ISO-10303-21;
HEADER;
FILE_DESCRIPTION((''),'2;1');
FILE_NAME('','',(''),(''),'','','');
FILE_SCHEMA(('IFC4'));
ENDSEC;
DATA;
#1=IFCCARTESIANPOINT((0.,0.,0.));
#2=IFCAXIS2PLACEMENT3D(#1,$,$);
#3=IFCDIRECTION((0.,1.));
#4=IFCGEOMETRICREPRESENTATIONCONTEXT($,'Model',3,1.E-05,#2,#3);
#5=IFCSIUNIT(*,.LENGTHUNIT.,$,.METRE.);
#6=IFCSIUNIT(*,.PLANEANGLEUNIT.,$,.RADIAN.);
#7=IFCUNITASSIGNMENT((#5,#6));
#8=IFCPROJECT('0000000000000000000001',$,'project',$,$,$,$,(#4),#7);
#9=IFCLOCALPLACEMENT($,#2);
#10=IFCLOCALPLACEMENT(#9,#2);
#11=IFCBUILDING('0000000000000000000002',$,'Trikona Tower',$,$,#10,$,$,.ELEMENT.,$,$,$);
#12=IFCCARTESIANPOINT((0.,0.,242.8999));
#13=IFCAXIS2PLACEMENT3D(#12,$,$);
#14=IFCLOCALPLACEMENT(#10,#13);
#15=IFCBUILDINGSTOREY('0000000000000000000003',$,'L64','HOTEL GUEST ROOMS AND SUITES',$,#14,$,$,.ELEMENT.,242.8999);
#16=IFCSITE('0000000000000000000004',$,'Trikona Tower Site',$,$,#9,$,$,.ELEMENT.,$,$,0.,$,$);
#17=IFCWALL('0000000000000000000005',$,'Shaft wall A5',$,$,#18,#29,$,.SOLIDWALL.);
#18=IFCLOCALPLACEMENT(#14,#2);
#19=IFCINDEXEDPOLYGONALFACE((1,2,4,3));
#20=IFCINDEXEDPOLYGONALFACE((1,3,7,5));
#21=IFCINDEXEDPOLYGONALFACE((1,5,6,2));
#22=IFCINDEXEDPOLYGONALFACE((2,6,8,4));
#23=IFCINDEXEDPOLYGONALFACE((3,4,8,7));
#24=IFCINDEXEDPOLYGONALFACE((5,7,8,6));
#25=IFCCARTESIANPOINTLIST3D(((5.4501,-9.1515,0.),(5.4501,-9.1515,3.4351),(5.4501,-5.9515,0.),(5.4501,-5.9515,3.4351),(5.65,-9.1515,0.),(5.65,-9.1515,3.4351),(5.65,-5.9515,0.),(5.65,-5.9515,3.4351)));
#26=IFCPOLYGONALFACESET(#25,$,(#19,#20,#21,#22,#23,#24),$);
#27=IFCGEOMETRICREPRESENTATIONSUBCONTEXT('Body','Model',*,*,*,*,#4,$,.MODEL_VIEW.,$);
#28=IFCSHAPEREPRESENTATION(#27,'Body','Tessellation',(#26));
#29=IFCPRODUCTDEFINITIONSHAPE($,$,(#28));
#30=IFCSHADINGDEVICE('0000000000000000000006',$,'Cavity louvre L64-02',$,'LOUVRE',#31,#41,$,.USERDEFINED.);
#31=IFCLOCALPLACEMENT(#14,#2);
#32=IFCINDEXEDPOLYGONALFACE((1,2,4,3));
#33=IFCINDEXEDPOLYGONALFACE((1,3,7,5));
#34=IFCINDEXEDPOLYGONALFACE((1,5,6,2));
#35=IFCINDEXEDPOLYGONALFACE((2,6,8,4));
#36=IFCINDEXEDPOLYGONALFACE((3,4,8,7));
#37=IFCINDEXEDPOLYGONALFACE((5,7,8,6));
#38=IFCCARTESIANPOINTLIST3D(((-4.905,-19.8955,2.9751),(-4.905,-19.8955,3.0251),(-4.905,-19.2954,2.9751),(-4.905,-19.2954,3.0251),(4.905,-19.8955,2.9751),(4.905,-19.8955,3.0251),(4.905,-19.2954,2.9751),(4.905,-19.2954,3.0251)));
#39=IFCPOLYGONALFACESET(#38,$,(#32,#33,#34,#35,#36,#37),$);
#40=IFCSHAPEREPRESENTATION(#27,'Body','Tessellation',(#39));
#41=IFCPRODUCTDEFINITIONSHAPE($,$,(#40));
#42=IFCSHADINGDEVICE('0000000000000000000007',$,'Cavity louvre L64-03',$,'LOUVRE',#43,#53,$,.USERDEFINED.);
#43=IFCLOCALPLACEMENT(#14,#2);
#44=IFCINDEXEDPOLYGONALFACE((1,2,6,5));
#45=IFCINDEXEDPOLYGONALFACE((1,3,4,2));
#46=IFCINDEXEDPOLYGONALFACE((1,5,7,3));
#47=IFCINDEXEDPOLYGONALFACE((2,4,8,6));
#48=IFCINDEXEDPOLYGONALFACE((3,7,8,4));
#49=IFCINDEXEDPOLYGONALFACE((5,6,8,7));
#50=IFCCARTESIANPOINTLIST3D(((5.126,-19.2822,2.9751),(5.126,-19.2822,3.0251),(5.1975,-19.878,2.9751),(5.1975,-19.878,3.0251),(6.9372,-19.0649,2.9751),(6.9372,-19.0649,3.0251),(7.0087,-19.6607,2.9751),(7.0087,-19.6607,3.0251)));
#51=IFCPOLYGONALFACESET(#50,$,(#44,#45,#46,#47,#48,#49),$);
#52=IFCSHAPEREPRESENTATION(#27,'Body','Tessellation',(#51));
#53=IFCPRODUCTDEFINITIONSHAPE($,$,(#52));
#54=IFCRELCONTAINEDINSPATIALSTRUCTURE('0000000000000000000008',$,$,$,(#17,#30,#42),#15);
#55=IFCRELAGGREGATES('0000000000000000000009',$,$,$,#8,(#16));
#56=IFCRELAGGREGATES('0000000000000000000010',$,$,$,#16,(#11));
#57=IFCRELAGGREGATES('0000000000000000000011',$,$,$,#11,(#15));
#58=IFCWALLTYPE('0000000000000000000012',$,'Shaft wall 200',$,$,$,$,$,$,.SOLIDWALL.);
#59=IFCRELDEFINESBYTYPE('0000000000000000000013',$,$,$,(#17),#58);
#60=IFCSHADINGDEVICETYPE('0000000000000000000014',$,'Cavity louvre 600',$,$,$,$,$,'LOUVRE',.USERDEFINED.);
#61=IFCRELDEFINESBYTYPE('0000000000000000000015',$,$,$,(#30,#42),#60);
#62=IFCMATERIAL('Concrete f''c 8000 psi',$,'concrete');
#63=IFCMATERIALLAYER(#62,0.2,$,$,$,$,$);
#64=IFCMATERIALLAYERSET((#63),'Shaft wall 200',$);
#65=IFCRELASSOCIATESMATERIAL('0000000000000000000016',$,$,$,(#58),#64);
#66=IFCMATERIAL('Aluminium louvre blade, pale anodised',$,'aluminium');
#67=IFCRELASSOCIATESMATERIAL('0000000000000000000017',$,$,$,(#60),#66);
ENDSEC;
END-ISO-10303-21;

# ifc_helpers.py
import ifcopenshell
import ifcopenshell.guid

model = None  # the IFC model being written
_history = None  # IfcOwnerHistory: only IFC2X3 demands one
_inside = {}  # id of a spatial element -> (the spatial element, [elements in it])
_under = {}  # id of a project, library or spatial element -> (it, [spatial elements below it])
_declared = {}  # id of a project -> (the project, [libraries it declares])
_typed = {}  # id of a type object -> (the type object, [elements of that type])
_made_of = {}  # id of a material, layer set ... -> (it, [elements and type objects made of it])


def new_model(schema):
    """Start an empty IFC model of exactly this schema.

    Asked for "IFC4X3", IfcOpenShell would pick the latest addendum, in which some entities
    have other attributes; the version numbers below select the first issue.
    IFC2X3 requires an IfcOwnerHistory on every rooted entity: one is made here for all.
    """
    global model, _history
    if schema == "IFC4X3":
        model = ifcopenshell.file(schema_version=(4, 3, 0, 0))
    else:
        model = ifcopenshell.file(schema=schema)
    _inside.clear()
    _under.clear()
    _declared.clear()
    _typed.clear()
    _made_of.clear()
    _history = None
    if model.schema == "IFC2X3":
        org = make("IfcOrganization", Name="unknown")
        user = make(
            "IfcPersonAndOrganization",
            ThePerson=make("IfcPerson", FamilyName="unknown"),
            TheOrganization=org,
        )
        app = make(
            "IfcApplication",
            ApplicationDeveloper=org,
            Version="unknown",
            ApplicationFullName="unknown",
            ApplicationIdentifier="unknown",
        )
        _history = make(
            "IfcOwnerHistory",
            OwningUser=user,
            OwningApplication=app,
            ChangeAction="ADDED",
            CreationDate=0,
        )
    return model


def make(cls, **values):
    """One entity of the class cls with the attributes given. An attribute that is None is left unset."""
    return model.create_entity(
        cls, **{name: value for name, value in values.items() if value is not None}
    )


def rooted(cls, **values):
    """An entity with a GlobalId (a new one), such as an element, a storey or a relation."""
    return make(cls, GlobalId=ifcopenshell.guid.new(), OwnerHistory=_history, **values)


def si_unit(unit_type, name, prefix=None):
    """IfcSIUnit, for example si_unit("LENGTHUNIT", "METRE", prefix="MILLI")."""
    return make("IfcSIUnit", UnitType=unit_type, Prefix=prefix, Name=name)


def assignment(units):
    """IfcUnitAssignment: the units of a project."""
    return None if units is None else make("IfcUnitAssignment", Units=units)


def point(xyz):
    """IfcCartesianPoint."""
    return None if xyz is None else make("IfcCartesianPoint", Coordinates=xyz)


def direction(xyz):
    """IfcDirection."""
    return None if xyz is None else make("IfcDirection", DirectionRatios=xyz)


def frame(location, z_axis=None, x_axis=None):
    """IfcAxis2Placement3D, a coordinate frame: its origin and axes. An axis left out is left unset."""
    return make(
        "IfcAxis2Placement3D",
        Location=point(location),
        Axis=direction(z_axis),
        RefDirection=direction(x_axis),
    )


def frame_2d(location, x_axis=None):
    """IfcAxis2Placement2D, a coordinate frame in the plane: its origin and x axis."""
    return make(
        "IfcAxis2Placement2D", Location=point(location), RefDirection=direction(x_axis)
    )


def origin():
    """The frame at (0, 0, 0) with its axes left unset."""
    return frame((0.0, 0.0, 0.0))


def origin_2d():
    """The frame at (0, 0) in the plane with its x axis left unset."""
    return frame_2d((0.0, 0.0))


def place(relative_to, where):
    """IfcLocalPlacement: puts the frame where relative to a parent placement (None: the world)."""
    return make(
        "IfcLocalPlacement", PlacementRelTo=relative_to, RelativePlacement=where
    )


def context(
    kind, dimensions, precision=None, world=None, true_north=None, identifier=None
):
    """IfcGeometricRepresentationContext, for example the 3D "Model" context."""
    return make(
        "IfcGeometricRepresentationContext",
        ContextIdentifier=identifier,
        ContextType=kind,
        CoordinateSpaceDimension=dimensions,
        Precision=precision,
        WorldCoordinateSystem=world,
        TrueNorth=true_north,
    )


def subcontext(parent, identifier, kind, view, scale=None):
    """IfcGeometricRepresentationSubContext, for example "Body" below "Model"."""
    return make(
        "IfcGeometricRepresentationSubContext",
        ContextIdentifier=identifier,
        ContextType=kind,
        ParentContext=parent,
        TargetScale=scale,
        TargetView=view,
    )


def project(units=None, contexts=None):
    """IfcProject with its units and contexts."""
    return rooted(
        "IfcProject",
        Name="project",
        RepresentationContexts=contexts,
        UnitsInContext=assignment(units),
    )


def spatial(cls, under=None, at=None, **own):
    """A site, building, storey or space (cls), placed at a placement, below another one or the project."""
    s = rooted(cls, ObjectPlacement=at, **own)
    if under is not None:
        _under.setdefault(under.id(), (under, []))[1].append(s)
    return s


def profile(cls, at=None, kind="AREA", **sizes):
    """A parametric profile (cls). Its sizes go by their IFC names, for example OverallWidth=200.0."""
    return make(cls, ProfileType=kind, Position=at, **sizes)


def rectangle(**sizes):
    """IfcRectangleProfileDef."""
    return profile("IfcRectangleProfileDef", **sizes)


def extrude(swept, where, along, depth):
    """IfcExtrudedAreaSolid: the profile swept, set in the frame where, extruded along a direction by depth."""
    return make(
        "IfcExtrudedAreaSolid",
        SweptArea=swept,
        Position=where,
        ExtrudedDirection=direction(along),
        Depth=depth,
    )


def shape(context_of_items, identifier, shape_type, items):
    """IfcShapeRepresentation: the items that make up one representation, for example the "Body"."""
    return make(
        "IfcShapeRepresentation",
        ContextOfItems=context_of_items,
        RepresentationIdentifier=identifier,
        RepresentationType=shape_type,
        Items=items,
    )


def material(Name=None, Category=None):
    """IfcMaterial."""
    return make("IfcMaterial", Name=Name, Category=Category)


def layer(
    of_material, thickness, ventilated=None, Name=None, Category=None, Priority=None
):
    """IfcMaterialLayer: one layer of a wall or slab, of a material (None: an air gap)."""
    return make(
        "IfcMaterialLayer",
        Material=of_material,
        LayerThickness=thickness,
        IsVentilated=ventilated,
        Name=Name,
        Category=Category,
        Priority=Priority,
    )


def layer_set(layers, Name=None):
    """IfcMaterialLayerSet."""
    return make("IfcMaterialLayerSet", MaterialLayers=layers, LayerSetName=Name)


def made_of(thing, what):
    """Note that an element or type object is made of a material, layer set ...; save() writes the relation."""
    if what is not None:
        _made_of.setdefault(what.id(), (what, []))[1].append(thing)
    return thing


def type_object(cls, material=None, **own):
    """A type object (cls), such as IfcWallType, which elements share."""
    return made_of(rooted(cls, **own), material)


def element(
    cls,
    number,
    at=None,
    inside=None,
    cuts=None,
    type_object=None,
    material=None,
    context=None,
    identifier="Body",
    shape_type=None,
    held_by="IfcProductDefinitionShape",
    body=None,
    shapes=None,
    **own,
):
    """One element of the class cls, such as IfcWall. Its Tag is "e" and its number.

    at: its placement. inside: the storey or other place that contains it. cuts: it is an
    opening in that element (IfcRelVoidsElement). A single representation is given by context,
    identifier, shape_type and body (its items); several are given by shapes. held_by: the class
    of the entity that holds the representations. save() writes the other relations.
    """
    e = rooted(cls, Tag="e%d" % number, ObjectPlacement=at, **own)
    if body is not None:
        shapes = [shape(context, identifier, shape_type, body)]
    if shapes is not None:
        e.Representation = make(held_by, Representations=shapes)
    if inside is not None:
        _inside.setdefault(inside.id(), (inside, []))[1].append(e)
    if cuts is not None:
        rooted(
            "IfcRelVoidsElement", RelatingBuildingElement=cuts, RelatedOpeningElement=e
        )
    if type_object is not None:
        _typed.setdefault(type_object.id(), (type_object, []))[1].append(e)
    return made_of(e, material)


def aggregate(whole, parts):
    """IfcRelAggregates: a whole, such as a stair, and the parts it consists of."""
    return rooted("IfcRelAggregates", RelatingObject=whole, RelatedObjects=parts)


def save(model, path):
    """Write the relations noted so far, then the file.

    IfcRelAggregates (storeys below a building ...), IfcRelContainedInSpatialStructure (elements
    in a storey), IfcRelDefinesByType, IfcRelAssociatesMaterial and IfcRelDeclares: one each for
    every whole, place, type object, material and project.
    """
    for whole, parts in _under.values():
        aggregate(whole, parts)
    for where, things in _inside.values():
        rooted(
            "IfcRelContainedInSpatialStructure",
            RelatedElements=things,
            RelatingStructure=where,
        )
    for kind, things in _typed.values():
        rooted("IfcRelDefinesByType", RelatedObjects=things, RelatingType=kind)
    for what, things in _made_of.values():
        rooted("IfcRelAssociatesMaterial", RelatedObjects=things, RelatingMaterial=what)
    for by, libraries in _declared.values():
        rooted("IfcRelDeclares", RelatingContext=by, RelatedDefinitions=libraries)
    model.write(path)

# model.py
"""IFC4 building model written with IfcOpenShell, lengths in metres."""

from ifc_helpers import new_model, si_unit, direction, frame, frame_2d, origin, origin_2d, place, context, subcontext, project, spatial, rectangle, extrude, material, layer, layer_set, type_object, element, save


model = new_model("IFC4")

# Units and contexts
model_context = context("Model", 3, precision=1e-05, world=origin(), true_north=direction((0.0, 1.0)))
body_context = subcontext(model_context, "Body", "Model", "MODEL_VIEW")
ifc_project = project(units=[si_unit("LENGTHUNIT", "METRE"), si_unit("PLANEANGLEUNIT", "RADIAN")], contexts=[model_context])

# Site, building, storey
site_placement = place(None, origin())
site = spatial("IfcSite", under=ifc_project, at=site_placement, Name="Trikona Tower Site", CompositionType="ELEMENT", RefElevation=0.0)
building_placement = place(site_placement, origin())
building = spatial("IfcBuilding", under=site, at=building_placement, Name="Trikona Tower", CompositionType="ELEMENT")
storey_placement = place(building_placement, frame((0.0, 0.0, 242.8999)))
storey = spatial("IfcBuildingStorey", under=building, at=storey_placement, Name="L64", Description="HOTEL GUEST ROOMS AND SUITES", CompositionType="ELEMENT", Elevation=242.8999)

# Wall
ifc_material_1 = material(Name="Concrete f'c 8000 psi", Category="concrete")
ifc_layer_1 = layer(ifc_material_1, 0.2)
ifc_layer_set_1 = layer_set([ifc_layer_1], Name="Shaft wall 200")
wall_type_1 = type_object("IfcWallType", Name="Shaft wall 200", PredefinedType="SOLIDWALL", material=ifc_layer_set_1)
for number, where, z_axis, x_axis, name in (
    (1, (5.55, -5.9514, 0.0), (0.0, 0.0, 1.0), (0.0, -1.0, 0.0), "Shaft wall A5"),
):
    element("IfcWall", number, at=place(storey_placement, frame(where, z_axis=z_axis, x_axis=x_axis)), inside=storey, type_object=wall_type_1, Name=name, PredefinedType="SOLIDWALL", context=body_context, shape_type="SweptSolid", body=[
        extrude(rectangle(XDim=3.2, YDim=0.2, at=frame_2d((1.6001, 0.0))), origin(), (0.0, 0.0, 1.0), 3.4351),
    ])

# Shading devices
ifc_material_2 = material(Name="Aluminium louvre blade, pale anodised", Category="aluminium")
shading_device_type = type_object("IfcShadingDeviceType", Name="Cavity louvre 600", ElementType="LOUVRE", PredefinedType="USERDEFINED", material=ifc_material_2)
shading_device_1_placement = place(storey_placement, frame((0.0, -19.5955, 2.9751), z_axis=(0.0, 0.0, 1.0), x_axis=(1.0, 0.0, 0.0)))
element("IfcShadingDevice", 2, at=shading_device_1_placement, inside=storey, type_object=shading_device_type, Name="Cavity louvre L64-02", ObjectType="LOUVRE", PredefinedType="USERDEFINED", context=body_context, shape_type="SweptSolid", body=[
    extrude(rectangle(XDim=9.8101, YDim=0.6001, at=origin_2d()), origin(), (0.0, 0.0, 1.0), 0.05),
])
shading_device_2_placement = place(storey_placement, frame((6.0674, -19.4714, 2.9751), z_axis=(0.0, 0.0, 1.0), x_axis=(0.992877, 0.119146, 0.0)))
element("IfcShadingDevice", 3, at=shading_device_2_placement, inside=storey, type_object=shading_device_type, Name="Cavity louvre L64-03", ObjectType="LOUVRE", PredefinedType="USERDEFINED", context=body_context, shape_type="SweptSolid", body=[
    extrude(rectangle(XDim=1.8242, YDim=0.6001, at=origin_2d()), origin(), (0.0, 0.0, 1.0), 0.05),
])

save(model, "model.ifc")
